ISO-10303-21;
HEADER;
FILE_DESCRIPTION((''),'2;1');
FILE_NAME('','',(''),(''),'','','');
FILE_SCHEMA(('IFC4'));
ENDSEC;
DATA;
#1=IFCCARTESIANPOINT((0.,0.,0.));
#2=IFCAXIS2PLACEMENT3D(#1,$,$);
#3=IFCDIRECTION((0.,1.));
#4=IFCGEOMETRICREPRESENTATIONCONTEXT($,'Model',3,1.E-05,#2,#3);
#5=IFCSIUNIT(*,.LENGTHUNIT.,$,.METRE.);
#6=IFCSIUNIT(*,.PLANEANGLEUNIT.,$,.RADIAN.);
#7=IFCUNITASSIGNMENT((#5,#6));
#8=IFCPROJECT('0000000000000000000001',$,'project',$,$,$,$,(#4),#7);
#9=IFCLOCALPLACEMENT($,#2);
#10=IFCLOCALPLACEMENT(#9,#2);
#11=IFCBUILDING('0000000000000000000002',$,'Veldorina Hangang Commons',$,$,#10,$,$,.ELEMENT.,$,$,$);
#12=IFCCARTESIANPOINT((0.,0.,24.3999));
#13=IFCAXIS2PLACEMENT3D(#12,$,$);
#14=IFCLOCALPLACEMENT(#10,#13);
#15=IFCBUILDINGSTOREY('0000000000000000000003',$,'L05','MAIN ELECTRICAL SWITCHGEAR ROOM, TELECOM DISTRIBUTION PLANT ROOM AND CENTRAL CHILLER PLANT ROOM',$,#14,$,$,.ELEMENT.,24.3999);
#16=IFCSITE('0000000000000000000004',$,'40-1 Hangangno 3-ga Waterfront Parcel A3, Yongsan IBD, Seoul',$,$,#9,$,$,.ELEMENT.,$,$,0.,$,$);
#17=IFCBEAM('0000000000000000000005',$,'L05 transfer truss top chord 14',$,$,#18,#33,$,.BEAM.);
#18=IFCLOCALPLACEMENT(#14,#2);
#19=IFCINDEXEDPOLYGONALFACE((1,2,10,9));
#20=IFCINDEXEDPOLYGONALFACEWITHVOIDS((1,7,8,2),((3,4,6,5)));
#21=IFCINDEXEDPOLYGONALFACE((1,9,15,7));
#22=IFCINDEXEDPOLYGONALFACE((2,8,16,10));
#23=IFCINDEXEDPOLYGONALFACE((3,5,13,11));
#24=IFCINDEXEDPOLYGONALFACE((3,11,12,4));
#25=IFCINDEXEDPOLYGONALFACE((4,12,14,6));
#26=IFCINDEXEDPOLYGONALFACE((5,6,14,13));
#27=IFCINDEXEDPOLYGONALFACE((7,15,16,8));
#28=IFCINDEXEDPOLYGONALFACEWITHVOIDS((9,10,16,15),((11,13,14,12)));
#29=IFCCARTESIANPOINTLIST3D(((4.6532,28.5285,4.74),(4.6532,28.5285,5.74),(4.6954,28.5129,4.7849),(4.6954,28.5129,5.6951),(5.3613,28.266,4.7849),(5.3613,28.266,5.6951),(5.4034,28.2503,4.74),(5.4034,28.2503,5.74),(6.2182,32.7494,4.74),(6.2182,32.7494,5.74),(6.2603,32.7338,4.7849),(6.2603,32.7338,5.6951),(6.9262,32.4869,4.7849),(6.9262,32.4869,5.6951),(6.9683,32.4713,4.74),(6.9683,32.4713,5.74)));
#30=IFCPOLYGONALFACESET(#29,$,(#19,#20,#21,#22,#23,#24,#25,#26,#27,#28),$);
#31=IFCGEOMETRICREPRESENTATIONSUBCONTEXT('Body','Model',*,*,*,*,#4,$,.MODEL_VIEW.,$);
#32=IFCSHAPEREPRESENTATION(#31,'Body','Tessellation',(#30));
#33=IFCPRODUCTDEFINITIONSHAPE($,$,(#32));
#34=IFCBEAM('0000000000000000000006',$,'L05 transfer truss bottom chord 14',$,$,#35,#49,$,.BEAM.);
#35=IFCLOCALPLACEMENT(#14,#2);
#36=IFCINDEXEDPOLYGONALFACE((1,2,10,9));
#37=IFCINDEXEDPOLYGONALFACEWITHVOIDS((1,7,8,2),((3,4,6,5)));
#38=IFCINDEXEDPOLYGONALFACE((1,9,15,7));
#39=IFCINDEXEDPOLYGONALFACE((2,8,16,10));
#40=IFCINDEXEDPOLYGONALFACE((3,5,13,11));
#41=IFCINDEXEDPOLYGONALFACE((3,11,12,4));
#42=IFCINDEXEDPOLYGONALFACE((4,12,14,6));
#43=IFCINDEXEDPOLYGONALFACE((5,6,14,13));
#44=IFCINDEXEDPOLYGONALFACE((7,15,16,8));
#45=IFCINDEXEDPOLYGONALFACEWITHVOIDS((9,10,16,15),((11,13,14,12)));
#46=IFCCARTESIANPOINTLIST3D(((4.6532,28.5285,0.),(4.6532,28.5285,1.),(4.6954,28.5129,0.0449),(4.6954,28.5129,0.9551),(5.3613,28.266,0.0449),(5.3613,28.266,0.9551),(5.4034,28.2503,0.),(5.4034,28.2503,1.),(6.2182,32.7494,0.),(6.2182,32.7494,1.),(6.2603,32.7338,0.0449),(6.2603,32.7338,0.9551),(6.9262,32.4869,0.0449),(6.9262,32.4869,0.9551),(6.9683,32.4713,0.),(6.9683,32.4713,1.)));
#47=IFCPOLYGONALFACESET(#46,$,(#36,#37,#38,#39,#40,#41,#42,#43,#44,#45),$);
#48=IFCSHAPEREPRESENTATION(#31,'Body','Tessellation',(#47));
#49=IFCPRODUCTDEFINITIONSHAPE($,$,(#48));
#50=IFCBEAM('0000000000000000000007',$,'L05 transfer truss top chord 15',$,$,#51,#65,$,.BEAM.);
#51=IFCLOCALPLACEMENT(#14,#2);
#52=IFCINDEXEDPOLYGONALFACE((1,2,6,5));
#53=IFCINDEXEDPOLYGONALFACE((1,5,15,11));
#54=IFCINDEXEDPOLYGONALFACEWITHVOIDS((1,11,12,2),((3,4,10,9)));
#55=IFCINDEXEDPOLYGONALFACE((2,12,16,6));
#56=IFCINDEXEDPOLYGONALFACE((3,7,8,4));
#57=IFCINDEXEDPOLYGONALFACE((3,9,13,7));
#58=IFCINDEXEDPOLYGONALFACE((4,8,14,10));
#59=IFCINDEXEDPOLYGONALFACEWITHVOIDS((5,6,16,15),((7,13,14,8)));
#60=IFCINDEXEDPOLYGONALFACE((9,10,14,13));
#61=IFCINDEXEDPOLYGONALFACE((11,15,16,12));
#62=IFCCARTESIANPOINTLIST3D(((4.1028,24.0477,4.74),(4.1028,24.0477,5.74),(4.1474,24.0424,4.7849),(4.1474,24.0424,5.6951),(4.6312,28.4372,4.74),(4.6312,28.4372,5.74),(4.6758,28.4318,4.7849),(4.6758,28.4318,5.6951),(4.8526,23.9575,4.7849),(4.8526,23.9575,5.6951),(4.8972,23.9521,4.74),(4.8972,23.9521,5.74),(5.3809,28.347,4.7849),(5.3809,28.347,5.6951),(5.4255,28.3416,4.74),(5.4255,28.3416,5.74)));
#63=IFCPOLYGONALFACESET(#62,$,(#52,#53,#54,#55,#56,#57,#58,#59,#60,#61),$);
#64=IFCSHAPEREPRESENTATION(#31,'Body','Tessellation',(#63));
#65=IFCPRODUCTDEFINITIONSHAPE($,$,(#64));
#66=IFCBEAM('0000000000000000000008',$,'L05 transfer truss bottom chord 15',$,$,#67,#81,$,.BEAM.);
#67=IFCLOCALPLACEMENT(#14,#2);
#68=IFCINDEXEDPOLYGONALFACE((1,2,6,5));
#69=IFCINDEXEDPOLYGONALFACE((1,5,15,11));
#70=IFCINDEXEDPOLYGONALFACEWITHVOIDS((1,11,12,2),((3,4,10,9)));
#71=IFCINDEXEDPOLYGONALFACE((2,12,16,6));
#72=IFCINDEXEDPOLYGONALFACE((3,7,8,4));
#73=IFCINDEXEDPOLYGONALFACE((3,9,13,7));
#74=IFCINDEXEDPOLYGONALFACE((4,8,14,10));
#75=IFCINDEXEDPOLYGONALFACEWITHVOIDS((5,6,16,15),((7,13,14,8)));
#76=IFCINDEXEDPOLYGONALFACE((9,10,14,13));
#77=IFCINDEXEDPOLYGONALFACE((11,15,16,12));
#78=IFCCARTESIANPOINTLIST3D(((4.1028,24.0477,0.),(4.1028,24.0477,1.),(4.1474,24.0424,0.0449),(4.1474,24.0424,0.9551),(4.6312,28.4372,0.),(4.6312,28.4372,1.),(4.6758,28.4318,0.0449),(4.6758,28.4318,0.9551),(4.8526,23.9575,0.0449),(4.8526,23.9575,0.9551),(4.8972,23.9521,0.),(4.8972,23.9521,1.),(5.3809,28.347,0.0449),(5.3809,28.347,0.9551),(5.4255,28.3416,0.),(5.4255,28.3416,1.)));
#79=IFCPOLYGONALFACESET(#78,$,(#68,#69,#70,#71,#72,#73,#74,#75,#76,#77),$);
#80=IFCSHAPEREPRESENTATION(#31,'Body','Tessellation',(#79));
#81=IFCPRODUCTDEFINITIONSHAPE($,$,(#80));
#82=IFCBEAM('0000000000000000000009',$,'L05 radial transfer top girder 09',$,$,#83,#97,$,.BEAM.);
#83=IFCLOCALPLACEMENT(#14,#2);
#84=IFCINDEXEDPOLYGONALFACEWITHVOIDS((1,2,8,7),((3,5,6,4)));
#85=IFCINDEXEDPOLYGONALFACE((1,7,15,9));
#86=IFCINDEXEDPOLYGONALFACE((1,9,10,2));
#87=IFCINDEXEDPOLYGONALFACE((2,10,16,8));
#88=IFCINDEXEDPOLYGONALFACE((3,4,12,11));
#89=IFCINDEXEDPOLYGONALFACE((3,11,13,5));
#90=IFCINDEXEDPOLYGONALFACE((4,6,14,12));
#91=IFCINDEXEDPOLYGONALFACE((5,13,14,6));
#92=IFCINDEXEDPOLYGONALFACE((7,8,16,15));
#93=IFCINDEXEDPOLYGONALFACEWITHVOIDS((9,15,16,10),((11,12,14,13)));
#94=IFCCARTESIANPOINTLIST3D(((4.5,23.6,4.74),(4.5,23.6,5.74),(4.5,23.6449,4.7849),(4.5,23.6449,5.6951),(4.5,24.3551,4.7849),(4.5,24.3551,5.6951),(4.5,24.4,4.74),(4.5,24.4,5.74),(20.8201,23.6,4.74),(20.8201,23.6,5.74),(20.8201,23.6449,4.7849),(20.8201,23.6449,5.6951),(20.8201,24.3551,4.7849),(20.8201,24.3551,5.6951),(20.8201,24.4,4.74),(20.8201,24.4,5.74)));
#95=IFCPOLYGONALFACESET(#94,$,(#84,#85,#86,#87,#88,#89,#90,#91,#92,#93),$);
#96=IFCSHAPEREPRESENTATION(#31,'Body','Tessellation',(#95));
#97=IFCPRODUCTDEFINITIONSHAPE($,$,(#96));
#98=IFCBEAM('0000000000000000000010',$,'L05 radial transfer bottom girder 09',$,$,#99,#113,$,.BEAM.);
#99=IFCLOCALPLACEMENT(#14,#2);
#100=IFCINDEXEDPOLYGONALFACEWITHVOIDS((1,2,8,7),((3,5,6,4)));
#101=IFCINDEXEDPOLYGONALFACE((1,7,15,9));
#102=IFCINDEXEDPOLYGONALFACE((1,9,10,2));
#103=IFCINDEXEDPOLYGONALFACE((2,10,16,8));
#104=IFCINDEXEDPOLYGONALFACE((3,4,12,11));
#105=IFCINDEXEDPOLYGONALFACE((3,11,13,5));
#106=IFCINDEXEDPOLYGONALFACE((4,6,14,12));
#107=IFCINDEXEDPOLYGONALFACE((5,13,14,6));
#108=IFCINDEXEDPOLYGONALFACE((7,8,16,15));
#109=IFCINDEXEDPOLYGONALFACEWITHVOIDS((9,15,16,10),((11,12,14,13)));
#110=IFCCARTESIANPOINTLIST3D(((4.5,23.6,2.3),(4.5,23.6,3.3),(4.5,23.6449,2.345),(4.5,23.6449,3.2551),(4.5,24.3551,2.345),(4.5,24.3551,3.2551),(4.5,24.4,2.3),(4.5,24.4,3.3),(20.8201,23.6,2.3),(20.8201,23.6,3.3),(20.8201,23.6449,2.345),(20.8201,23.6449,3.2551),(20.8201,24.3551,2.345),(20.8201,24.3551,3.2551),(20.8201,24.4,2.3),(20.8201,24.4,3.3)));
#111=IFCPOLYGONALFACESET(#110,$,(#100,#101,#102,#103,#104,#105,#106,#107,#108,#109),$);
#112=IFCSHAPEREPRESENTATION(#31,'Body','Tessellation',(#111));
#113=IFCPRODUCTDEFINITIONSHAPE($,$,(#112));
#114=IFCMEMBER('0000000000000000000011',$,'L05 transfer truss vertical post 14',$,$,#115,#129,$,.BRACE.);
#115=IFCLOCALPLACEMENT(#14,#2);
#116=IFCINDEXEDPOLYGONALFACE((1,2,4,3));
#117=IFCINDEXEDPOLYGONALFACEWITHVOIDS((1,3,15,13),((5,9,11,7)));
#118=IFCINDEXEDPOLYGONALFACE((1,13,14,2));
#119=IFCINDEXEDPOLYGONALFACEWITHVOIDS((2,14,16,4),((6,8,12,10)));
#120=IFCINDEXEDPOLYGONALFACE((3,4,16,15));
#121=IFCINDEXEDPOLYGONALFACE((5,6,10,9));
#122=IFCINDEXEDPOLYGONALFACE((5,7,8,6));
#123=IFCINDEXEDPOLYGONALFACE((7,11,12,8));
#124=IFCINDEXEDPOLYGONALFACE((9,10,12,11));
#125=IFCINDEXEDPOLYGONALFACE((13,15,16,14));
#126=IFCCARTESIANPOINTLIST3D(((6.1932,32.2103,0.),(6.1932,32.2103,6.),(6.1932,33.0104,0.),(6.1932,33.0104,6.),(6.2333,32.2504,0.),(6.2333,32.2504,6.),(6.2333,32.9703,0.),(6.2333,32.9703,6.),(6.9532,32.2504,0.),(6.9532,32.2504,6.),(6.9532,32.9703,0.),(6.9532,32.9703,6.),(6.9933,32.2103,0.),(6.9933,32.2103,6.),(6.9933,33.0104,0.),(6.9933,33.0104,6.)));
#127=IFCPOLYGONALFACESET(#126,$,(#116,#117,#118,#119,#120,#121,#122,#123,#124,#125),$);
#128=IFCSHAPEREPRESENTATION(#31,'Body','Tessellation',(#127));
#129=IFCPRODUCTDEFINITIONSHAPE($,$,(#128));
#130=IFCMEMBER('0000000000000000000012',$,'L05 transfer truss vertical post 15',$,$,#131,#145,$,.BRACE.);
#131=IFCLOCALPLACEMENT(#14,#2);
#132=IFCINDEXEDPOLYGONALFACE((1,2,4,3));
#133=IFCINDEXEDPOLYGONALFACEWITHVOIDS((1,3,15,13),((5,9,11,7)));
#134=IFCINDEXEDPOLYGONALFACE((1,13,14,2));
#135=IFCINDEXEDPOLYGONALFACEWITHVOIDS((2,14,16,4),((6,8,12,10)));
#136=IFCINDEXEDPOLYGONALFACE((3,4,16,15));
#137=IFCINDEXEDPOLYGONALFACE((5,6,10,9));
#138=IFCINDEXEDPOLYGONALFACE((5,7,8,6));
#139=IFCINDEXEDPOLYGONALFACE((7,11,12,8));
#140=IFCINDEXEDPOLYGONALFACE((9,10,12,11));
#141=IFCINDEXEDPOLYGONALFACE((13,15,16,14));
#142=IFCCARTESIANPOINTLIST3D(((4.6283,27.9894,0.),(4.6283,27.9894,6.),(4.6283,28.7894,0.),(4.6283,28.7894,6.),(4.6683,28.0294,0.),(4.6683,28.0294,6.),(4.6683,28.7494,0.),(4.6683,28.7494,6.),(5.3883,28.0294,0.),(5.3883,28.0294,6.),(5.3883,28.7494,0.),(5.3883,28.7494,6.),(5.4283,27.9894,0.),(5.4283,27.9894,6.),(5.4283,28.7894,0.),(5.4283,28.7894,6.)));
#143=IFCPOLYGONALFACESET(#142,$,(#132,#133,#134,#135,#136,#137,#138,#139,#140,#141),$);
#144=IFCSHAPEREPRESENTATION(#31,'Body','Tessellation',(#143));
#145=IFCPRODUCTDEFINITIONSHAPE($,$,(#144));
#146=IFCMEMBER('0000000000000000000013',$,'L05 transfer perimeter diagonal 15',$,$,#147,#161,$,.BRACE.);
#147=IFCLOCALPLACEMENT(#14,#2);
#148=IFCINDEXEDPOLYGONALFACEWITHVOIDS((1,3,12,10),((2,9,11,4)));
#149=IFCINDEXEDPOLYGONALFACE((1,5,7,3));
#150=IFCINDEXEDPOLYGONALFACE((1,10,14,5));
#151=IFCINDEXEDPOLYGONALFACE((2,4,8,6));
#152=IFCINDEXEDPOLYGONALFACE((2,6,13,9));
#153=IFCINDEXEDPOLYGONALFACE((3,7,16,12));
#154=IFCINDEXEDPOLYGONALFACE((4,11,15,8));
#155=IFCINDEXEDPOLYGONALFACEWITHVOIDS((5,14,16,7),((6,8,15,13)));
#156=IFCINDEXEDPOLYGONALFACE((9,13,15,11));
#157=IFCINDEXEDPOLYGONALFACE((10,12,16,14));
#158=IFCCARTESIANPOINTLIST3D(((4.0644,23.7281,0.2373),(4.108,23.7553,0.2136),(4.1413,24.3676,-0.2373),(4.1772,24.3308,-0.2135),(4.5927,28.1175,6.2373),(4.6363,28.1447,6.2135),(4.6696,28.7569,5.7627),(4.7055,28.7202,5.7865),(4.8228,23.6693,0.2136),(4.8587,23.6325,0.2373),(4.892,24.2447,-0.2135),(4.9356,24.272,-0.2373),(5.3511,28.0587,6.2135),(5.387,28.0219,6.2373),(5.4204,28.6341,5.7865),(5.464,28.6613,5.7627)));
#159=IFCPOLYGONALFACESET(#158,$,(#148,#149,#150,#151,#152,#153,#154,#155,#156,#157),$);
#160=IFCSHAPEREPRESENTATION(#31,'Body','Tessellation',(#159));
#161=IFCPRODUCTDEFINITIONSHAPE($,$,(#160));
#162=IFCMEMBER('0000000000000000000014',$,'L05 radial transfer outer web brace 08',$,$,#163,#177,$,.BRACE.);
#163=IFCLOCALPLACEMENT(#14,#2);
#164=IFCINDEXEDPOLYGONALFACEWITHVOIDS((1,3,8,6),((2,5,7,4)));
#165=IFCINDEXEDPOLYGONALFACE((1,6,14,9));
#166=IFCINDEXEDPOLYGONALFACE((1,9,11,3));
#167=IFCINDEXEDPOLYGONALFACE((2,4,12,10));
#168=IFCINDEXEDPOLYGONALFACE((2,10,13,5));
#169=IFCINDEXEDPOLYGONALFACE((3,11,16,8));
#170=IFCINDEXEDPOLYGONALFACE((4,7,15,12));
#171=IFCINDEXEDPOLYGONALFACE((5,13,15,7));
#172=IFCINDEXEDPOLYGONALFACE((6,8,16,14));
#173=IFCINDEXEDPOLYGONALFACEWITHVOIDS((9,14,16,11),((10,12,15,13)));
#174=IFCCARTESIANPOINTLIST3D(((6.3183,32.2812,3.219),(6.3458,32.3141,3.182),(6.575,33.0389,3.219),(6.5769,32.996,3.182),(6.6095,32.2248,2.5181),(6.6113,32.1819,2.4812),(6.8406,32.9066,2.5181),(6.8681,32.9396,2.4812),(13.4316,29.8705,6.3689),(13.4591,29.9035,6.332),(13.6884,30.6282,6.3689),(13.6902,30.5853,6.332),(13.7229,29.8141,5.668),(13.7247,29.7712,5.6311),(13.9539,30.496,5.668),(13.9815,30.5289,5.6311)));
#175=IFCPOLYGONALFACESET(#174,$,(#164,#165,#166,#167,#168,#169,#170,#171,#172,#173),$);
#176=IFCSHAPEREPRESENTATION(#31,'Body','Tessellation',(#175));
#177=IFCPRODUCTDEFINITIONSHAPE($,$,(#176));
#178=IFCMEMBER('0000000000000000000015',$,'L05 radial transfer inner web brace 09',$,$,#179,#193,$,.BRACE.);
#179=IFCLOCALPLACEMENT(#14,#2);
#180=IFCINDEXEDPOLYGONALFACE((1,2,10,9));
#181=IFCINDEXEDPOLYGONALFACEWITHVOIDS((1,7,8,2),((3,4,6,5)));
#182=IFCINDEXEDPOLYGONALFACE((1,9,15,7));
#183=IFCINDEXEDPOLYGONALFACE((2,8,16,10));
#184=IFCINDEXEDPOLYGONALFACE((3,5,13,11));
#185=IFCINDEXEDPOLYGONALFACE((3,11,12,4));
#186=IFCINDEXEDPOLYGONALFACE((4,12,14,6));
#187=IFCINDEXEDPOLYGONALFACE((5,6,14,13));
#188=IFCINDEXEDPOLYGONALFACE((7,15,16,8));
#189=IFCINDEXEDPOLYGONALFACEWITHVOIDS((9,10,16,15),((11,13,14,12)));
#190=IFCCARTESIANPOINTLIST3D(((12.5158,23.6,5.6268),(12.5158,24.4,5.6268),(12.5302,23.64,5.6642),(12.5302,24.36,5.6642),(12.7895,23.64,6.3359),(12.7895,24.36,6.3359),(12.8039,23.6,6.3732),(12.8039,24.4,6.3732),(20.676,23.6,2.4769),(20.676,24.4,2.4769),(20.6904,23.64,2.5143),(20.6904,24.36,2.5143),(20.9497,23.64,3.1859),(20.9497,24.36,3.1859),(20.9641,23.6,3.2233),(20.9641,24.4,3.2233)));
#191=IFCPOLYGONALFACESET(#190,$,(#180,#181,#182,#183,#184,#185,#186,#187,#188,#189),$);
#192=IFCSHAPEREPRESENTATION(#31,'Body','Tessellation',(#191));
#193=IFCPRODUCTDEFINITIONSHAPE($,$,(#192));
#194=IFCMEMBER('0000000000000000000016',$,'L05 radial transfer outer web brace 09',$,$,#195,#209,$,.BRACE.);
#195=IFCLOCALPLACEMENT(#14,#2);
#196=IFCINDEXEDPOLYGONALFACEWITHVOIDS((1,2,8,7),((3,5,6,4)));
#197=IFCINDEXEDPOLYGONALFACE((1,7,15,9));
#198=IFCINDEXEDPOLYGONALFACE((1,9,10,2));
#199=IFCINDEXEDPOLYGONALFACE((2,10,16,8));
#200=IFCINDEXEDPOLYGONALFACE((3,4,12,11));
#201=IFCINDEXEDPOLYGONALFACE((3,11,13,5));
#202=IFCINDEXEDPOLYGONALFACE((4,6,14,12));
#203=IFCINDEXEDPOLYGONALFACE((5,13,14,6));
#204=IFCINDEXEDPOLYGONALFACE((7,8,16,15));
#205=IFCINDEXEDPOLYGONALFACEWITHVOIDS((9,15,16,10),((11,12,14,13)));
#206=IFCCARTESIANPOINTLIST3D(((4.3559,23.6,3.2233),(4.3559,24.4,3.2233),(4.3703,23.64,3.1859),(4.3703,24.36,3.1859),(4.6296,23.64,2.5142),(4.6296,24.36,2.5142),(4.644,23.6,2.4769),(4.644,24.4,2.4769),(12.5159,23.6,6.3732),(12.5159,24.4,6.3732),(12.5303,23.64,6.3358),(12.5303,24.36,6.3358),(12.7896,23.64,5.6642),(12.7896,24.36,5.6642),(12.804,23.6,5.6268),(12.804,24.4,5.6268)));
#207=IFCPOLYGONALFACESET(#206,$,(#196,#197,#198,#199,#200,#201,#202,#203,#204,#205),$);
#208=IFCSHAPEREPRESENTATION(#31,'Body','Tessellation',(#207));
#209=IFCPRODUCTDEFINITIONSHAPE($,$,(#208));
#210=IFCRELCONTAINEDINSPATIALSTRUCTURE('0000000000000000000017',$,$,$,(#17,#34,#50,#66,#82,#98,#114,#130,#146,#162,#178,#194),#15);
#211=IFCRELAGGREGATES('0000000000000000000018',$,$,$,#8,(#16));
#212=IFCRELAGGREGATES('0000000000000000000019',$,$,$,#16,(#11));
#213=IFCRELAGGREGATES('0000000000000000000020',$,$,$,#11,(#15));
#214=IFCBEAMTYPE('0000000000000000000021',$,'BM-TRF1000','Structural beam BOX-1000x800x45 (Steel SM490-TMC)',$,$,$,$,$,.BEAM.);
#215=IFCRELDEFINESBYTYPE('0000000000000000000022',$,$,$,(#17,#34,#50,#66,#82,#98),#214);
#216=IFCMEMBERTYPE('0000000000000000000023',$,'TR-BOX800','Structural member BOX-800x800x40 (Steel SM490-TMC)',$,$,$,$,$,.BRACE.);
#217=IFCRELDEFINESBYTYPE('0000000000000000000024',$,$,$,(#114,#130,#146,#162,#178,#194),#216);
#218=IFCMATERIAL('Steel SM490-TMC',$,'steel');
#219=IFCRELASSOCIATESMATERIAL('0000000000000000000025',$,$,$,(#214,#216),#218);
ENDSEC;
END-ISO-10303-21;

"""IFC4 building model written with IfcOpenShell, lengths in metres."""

from ifc_helpers import new_model, si_unit, direction, frame, origin, origin_2d, place, context, subcontext, project, spatial, hollow_rectangle, extrude, material, material_profile, profile_set, type_object, element, save


model = new_model("IFC4")

# Units and contexts
model_context = context("Model", 3, precision=1e-05, world=origin(), true_north=direction((0.0, 1.0)))
body_context = subcontext(model_context, "Body", "Model", "MODEL_VIEW")
ifc_project = project(units=[si_unit("LENGTHUNIT", "METRE"), si_unit("PLANEANGLEUNIT", "RADIAN")], contexts=[model_context])

# Site, building, storey
site_placement = place(None, origin())
site = spatial("IfcSite", under=ifc_project, at=site_placement, Name="40-1 Hangangno 3-ga Waterfront Parcel A3, Yongsan IBD, Seoul", CompositionType="ELEMENT", RefElevation=0.0)
building_placement = place(site_placement, origin())
building = spatial("IfcBuilding", under=site, at=building_placement, Name="Veldorina Hangang Commons", CompositionType="ELEMENT")
storey_placement = place(building_placement, frame((0.0, 0.0, 24.3999)))
storey = spatial("IfcBuildingStorey", under=building, at=storey_placement, Name="L05", Description="MAIN ELECTRICAL SWITCHGEAR ROOM, TELECOM DISTRIBUTION PLANT ROOM AND CENTRAL CHILLER PLANT ROOM", CompositionType="ELEMENT", Elevation=24.3999)

# Beams
ifc_material_1 = material(Name="Steel SM490-TMC", Category="steel")
ifc_material_profile_1 = material_profile(ifc_material_1, hollow_rectangle(XDim=0.8, YDim=1.0, WallThickness=0.0449, at=origin_2d()), Name="BOX-1000x800x45")
ifc_profile_set_1 = profile_set([ifc_material_profile_1], Name="Steel SM490-TMC")
beam_type = type_object("IfcBeamType", Name="BM-TRF1000", Description="Structural beam BOX-1000x800x45 (Steel SM490-TMC)", PredefinedType="BEAM", material=ifc_profile_set_1)
for number, where, z_axis, x_axis, name in (
    (1, (6.5933, 32.6104, 5.24), (-0.347632, -0.937631, 0.0), (0.937631, -0.347632, 0.0), "L05 transfer truss top chord 14"),
    (2, (6.5933, 32.6104, 0.5), (-0.347632, -0.937631, 0.0), (0.937631, -0.347632, 0.0), "L05 transfer truss bottom chord 14"),
):
    element("IfcBeam", number, at=place(storey_placement, frame(where, z_axis=z_axis, x_axis=x_axis)), inside=storey, type_object=beam_type, Name=name, PredefinedType="BEAM", context=body_context, shape_type="SweptSolid", body=[
        extrude(hollow_rectangle(XDim=0.8, YDim=1.0, WallThickness=0.0449, at=origin_2d()), origin(), (0.0, 0.0, 1.0), 4.5017),
    ])
for number, where, z_axis, x_axis, name in (
    (3, (5.0283, 28.3894, 5.24), (-0.1195, -0.992834, 0.0), (0.992834, -0.1195, 0.0), "L05 transfer truss top chord 15"),
    (4, (5.0283, 28.3894, 0.5), (-0.1195, -0.992834, 0.0), (0.992834, -0.1195, 0.0), "L05 transfer truss bottom chord 15"),
):
    element("IfcBeam", number, at=place(storey_placement, frame(where, z_axis=z_axis, x_axis=x_axis)), inside=storey, type_object=beam_type, Name=name, PredefinedType="BEAM", context=body_context, shape_type="SweptSolid", body=[
        extrude(hollow_rectangle(XDim=0.8, YDim=1.0, WallThickness=0.0449, at=origin_2d()), origin(), (0.0, 0.0, 1.0), 4.4211),
    ])
for number, where, z_axis, x_axis, name in (
    (5, (20.8201, 24.0, 5.24), (-1.0, 0.0, 0.0), (0.0, -1.0, 0.0), "L05 radial transfer top girder 09"),
    (6, (20.8201, 24.0, 2.8), (-1.0, 0.0, 0.0), (0.0, -1.0, 0.0), "L05 radial transfer bottom girder 09"),
):
    element("IfcBeam", number, at=place(storey_placement, frame(where, z_axis=z_axis, x_axis=x_axis)), inside=storey, type_object=beam_type, Name=name, PredefinedType="BEAM", context=body_context, shape_type="SweptSolid", body=[
        extrude(hollow_rectangle(XDim=0.8, YDim=1.0, WallThickness=0.0449, at=origin_2d()), origin(), (0.0, 0.0, 1.0), 16.3201),
    ])

# Members
ifc_material_profile_2 = material_profile(ifc_material_1, hollow_rectangle(XDim=0.8, YDim=0.8, WallThickness=0.04, at=origin_2d()), Name="BOX-800x800x40")
ifc_profile_set_2 = profile_set([ifc_material_profile_2], Name="Steel SM490-TMC")
member_type = type_object("IfcMemberType", Name="TR-BOX800", Description="Structural member BOX-800x800x40 (Steel SM490-TMC)", PredefinedType="BRACE", material=ifc_profile_set_2)
for number, where, z_axis, x_axis, name in (
    (7, (6.5933, 32.6104, 0.0), (0.0, 0.0, 1.0), (1.0, 0.0, 0.0), "L05 transfer truss vertical post 14"),
    (8, (5.0283, 28.3894, 0.0), (0.0, 0.0, 1.0), (1.0, 0.0, 0.0), "L05 transfer truss vertical post 15"),
):
    element("IfcMember", number, at=place(storey_placement, frame(where, z_axis=z_axis, x_axis=x_axis)), inside=storey, type_object=member_type, Name=name, PredefinedType="BRACE", context=body_context, shape_type="SweptSolid", body=[
        extrude(hollow_rectangle(XDim=0.8, YDim=0.8, WallThickness=0.04, at=origin_2d()), origin(), (0.0, 0.0, 1.0), 6.0),
    ])
member_1_placement = place(storey_placement, frame((5.0283, 28.3894, 6.0), z_axis=(-0.070888, -0.588951, -0.805054), x_axis=(0.992834, -0.1195, 0.0)))
element("IfcMember", 9, at=member_1_placement, inside=storey, type_object=member_type, Name="L05 transfer perimeter diagonal 15", PredefinedType="BRACE", context=body_context, shape_type="SweptSolid", body=[
    extrude(hollow_rectangle(XDim=0.8, YDim=0.8, WallThickness=0.04, at=origin_2d()), origin(), (0.0, 0.0, 1.0), 7.4529),
])
member_2_placement = place(storey_placement, frame((13.7065, 30.1997, 6.0), z_axis=(-0.873391, 0.295987, -0.386755), x_axis=(-0.320963, -0.947092, 0.0)))
element("IfcMember", 10, at=member_2_placement, inside=storey, type_object=member_type, Name="L05 radial transfer outer web brace 08", PredefinedType="BRACE", context=body_context, shape_type="SweptSolid", body=[
    extrude(hollow_rectangle(XDim=0.8, YDim=0.8, WallThickness=0.04, at=origin_2d()), origin(), (0.0, 0.0, 1.0), 8.1445),
])
member_3_placement = place(storey_placement, frame((20.8201, 24.0, 2.8501), z_axis=(-0.932909, 0.0, 0.360112), x_axis=(0.0, -1.0, 0.0)))
element("IfcMember", 11, at=member_3_placement, inside=storey, type_object=member_type, Name="L05 radial transfer inner web brace 09", PredefinedType="BRACE", context=body_context, shape_type="SweptSolid", body=[
    extrude(hollow_rectangle(XDim=0.8, YDim=0.8, WallThickness=0.04, at=origin_2d()), origin(), (0.0, 0.0, 1.0), 8.7471),
])
member_4_placement = place(storey_placement, frame((12.6599, 24.0, 6.0), z_axis=(-0.932905, 0.0, -0.360122), x_axis=(0.0, -1.0, 0.0)))
element("IfcMember", 12, at=member_4_placement, inside=storey, type_object=member_type, Name="L05 radial transfer outer web brace 09", PredefinedType="BRACE", context=body_context, shape_type="SweptSolid", body=[
    extrude(hollow_rectangle(XDim=0.8, YDim=0.8, WallThickness=0.04, at=origin_2d()), origin(), (0.0, 0.0, 1.0), 8.7468),
])

save(model, "model.ifc")
